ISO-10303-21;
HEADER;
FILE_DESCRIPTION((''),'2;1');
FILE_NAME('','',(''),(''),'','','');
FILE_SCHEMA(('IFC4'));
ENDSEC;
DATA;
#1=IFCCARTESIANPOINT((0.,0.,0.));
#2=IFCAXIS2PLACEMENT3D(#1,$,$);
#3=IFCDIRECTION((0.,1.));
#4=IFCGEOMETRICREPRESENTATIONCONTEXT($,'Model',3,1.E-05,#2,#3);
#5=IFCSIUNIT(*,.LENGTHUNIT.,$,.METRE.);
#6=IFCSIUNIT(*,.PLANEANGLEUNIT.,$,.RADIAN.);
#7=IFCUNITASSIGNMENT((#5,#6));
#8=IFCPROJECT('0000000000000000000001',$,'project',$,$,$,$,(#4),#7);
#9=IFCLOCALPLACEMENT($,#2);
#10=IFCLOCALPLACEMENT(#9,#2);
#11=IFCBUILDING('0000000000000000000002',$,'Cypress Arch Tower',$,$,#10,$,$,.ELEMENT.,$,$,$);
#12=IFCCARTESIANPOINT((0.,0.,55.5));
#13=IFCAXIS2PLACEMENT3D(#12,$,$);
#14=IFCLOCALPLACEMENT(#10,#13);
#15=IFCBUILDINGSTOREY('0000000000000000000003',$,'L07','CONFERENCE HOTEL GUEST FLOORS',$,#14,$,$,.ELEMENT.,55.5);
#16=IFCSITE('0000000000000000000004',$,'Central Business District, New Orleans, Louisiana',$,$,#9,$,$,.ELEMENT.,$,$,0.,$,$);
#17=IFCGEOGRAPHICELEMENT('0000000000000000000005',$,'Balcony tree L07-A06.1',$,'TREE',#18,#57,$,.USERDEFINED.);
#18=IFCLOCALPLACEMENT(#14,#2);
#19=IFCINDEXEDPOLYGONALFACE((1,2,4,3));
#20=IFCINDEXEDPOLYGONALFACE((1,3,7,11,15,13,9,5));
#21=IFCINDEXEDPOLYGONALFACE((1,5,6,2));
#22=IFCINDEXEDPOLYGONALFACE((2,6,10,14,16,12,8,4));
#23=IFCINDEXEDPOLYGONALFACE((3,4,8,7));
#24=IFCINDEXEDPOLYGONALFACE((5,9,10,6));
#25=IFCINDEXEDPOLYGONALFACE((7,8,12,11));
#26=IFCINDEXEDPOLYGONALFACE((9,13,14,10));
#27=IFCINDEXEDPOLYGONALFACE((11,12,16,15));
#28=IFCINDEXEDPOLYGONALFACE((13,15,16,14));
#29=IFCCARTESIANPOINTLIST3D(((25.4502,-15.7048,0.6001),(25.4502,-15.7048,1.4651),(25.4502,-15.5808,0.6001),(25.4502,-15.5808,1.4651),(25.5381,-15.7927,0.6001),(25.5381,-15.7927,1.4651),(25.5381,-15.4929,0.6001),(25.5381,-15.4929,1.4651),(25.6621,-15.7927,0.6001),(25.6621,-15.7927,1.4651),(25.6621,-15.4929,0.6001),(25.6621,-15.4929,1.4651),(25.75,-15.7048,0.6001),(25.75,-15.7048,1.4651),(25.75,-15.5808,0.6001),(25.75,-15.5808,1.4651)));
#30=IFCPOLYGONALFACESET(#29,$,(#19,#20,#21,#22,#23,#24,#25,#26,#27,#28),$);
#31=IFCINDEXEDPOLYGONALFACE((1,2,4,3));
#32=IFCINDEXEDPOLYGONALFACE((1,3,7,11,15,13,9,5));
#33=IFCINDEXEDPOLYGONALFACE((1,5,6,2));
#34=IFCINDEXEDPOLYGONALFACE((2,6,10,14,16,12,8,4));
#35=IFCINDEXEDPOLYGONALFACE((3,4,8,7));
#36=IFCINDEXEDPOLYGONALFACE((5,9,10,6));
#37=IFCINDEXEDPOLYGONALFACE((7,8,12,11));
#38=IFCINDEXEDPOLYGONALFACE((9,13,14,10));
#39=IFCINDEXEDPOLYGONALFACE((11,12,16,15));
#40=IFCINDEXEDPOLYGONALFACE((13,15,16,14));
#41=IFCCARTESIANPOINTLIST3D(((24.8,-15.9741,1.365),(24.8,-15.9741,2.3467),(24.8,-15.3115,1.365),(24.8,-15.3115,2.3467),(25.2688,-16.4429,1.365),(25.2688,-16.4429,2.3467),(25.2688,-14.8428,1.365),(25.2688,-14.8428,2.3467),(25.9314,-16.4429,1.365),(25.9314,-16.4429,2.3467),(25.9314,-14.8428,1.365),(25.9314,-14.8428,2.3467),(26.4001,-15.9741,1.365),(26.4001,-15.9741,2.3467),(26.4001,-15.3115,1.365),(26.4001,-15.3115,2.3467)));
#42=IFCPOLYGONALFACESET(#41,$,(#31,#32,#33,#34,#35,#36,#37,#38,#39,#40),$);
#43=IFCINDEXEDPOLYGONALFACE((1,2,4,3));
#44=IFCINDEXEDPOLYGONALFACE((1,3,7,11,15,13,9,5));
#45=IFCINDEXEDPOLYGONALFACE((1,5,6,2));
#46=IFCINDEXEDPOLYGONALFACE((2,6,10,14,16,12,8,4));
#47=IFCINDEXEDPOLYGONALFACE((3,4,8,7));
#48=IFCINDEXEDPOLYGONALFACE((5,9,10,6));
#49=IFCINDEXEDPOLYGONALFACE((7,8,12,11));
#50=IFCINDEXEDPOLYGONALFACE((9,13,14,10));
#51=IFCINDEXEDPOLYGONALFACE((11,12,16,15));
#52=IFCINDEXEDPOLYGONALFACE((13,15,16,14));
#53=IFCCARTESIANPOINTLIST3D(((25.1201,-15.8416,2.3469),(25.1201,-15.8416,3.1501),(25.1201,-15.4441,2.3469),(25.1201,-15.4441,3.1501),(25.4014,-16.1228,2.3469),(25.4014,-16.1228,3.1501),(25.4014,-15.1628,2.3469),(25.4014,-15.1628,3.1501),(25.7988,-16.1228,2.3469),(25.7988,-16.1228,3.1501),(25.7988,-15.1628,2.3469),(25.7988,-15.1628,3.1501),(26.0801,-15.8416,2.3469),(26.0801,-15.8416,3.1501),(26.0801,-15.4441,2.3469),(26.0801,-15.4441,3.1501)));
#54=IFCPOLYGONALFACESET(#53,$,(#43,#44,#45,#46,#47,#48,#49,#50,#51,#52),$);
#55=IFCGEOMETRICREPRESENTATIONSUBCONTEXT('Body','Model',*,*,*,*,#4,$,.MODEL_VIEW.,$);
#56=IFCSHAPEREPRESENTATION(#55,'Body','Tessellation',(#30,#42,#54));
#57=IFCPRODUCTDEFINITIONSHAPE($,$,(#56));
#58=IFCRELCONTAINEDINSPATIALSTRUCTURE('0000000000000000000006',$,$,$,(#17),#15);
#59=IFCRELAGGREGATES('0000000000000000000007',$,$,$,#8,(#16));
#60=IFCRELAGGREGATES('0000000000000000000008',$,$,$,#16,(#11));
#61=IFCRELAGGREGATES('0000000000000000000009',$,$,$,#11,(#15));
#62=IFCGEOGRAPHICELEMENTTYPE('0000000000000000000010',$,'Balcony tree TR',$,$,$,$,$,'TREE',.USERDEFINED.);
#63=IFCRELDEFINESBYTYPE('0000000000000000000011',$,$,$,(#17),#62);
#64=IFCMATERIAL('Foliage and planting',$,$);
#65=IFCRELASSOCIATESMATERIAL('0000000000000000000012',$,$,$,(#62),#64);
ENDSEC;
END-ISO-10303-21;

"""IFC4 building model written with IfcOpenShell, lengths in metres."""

from ifc_helpers import new_model, si_unit, direction, frame, origin, place, context, subcontext, project, spatial, polyline, outline, extrude, material, type_object, element, save


model = new_model("IFC4")

# Units and contexts
model_context = context("Model", 3, precision=1e-05, world=origin(), true_north=direction((0.0, 1.0)))
body_context = subcontext(model_context, "Body", "Model", "MODEL_VIEW")
ifc_project = project(units=[si_unit("LENGTHUNIT", "METRE"), si_unit("PLANEANGLEUNIT", "RADIAN")], contexts=[model_context])

# Site, building, storey
site_placement = place(None, origin())
site = spatial("IfcSite", under=ifc_project, at=site_placement, Name="Central Business District, New Orleans, Louisiana", CompositionType="ELEMENT", RefElevation=0.0)
building_placement = place(site_placement, origin())
building = spatial("IfcBuilding", under=site, at=building_placement, Name="Cypress Arch Tower", CompositionType="ELEMENT")
storey_placement = place(building_placement, frame((0.0, 0.0, 55.5)))
storey = spatial("IfcBuildingStorey", under=building, at=storey_placement, Name="L07", Description="CONFERENCE HOTEL GUEST FLOORS", CompositionType="ELEMENT", Elevation=55.5)

# Geographic element
ifc_material_1 = material(Name="Foliage and planting")
geographic_element_type = type_object("IfcGeographicElementType", Name="Balcony tree TR", ElementType="TREE", PredefinedType="USERDEFINED", material=ifc_material_1)
geographic_element_placement = place(storey_placement, frame((25.6001, -15.6428, 0.6001), z_axis=(0.0, 0.0, 1.0), x_axis=(1.0, 0.0, 0.0)))
element("IfcGeographicElement", 1, at=geographic_element_placement, inside=storey, type_object=geographic_element_type, Name="Balcony tree L07-A06.1", ObjectType="TREE", PredefinedType="USERDEFINED", context=body_context, shape_type="SweptSolid", body=[
    extrude(outline(polyline([(0.1499, 0.062), (0.062, 0.1499), (-0.062, 0.1499), (-0.1499, 0.062), (-0.1499, -0.062), (-0.062, -0.1499), (0.062, -0.1499), (0.1499, -0.062), (0.1499, 0.062)])), origin(), (0.0, 0.0, 1.0), 0.865),
    extrude(outline(polyline([(0.8, 0.3313), (0.3313, 0.8), (-0.3313, 0.8), (-0.8, 0.3313), (-0.8, -0.3313), (-0.3313, -0.8), (0.3313, -0.8), (0.8, -0.3313), (0.8, 0.3313)])), frame((0.0, 0.0, 0.7649)), (0.0, 0.0, 1.0), 0.9817),
    extrude(outline(polyline([(0.48, 0.1987), (0.1987, 0.48), (-0.1987, 0.48), (-0.48, 0.1987), (-0.48, -0.1987), (-0.1987, -0.48), (0.1987, -0.48), (0.48, -0.1987), (0.48, 0.1987)])), frame((0.0, 0.0, 1.7468)), (0.0, 0.0, 1.0), 0.8032),
])

save(model, "model.ifc")
